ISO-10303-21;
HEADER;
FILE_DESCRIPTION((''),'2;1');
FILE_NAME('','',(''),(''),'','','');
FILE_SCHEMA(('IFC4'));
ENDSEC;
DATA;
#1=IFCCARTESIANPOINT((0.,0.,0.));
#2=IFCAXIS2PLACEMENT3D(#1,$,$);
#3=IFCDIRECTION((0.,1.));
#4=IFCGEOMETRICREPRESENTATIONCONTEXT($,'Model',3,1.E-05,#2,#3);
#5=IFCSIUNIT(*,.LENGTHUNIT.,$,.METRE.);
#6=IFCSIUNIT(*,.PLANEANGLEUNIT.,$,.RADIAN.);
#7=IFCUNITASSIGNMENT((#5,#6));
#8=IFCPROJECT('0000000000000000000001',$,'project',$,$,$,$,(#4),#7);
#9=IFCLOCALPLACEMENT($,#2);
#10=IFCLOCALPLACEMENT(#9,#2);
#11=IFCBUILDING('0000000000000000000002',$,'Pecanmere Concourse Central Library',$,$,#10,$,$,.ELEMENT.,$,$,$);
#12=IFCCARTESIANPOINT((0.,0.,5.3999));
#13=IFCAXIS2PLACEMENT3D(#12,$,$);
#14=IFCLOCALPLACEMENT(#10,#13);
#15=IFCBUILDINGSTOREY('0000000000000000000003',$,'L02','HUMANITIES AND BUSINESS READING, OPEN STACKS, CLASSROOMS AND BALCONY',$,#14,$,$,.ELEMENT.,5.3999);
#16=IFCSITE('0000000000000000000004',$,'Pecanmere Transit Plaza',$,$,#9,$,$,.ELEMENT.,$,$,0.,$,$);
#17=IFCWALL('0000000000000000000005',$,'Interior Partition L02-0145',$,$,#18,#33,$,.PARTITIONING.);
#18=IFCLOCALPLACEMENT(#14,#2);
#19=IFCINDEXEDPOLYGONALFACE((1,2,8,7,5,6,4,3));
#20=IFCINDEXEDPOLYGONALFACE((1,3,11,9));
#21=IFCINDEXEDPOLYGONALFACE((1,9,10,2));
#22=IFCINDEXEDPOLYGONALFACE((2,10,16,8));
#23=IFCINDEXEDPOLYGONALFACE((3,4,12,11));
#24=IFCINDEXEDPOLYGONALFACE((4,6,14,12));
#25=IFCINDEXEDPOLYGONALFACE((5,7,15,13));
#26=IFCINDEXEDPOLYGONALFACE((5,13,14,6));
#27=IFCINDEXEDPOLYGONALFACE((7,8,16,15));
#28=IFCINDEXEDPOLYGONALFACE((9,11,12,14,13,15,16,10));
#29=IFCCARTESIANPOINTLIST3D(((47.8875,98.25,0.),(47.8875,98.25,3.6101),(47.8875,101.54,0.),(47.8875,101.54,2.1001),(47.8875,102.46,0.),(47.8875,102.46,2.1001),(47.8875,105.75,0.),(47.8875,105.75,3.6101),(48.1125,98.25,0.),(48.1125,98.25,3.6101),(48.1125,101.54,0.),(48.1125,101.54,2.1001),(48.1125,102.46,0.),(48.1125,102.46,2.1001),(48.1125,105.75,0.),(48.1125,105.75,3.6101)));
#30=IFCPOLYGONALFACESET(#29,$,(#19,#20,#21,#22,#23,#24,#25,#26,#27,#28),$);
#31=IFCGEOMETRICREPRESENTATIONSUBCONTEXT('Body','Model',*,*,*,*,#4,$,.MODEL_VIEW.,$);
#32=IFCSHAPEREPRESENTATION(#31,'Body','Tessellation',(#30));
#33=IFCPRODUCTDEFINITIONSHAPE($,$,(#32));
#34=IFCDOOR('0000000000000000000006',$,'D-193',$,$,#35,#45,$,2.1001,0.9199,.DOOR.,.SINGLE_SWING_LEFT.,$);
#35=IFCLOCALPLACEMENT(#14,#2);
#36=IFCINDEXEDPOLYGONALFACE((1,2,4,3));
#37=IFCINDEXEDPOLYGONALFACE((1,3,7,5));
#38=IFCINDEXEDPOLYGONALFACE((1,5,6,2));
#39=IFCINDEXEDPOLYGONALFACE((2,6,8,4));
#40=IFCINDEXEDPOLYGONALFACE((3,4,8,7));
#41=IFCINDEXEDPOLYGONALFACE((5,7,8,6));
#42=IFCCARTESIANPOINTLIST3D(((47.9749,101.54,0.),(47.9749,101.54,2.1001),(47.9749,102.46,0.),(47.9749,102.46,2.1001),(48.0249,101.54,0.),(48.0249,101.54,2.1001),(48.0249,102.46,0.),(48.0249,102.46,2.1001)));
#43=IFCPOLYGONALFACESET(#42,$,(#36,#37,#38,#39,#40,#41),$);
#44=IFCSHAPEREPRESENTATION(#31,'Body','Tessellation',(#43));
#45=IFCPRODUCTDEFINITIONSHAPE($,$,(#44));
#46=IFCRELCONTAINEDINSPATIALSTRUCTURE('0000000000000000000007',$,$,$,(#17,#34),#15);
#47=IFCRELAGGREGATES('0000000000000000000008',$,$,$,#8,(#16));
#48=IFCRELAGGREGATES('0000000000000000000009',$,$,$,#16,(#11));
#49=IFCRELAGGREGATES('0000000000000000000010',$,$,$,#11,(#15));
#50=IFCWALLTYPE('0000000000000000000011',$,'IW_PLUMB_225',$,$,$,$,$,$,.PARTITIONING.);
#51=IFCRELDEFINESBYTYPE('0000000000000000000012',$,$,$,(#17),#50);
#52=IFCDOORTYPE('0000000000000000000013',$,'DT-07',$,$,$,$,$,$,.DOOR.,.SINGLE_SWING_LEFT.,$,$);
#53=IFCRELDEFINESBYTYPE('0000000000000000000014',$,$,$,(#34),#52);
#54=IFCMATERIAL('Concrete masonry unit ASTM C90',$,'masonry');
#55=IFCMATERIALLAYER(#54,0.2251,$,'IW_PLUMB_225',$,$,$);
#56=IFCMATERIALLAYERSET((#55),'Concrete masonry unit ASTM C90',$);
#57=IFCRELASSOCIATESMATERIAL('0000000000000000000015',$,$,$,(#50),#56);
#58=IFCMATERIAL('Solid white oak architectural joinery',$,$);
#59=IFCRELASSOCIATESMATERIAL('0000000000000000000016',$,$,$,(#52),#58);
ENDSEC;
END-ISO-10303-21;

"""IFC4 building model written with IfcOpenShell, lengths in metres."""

from ifc_helpers import new_model, si_unit, direction, frame, frame_2d, origin, place, context, subcontext, project, spatial, rectangle, extrude, material, layer, layer_set, type_object, element, fill, save


model = new_model("IFC4")

# Units and contexts
model_context = context("Model", 3, precision=1e-05, world=origin(), true_north=direction((0.0, 1.0)))
body_context = subcontext(model_context, "Body", "Model", "MODEL_VIEW")
ifc_project = project(units=[si_unit("LENGTHUNIT", "METRE"), si_unit("PLANEANGLEUNIT", "RADIAN")], contexts=[model_context])

# Site, building, storey
site_placement = place(None, origin())
site = spatial("IfcSite", under=ifc_project, at=site_placement, Name="Pecanmere Transit Plaza", CompositionType="ELEMENT", RefElevation=0.0)
building_placement = place(site_placement, origin())
building = spatial("IfcBuilding", under=site, at=building_placement, Name="Pecanmere Concourse Central Library", CompositionType="ELEMENT")
storey_placement = place(building_placement, frame((0.0, 0.0, 5.3999)))
storey = spatial("IfcBuildingStorey", under=building, at=storey_placement, Name="L02", Description="HUMANITIES AND BUSINESS READING, OPEN STACKS, CLASSROOMS AND BALCONY", CompositionType="ELEMENT", Elevation=5.3999)

# Wall, opening, door
ifc_material_1 = material(Name="Concrete masonry unit ASTM C90", Category="masonry")
ifc_layer_1 = layer(ifc_material_1, 0.2251, Name="IW_PLUMB_225")
ifc_layer_set_1 = layer_set([ifc_layer_1], Name="Concrete masonry unit ASTM C90")
wall_type = type_object("IfcWallType", Name="IW_PLUMB_225", PredefinedType="PARTITIONING", material=ifc_layer_set_1)
wall_1_placement = place(storey_placement, frame((48.0, 98.25, 0.0), z_axis=(0.0, 0.0, 1.0), x_axis=(0.0, 1.0, 0.0)))
wall_1 = element("IfcWall", 1, at=wall_1_placement, inside=storey, type_object=wall_type, Name="Interior Partition L02-0145", PredefinedType="PARTITIONING", context=body_context, shape_type="SweptSolid", body=[
    extrude(rectangle(XDim=7.5, YDim=0.2251, at=frame_2d((3.75, 0.0))), origin(), (0.0, 0.0, 1.0), 3.6101),
])
opening_1_placement = place(wall_1_placement, frame((3.29, 0.0, 0.0)))
opening_1 = element("IfcOpeningElement", 2, at=opening_1_placement, cuts=wall_1, PredefinedType="OPENING", context=body_context, shape_type="SweptSolid", body=[
    extrude(rectangle(XDim=0.9199, YDim=2.1001, at=frame_2d((0.46, 1.05))), frame((0.0, 0.1245, 0.0), z_axis=(0.0, -1.0, 0.0), x_axis=(1.0, 0.0, 0.0)), (0.0, 0.0, 1.0), 0.249),
])
ifc_material_2 = material(Name="Solid white oak architectural joinery")
door_type_1 = type_object("IfcDoorType", Name="DT-07", OperationType="SINGLE_SWING_LEFT", PredefinedType="DOOR", material=ifc_material_2)
door_1_placement = place(opening_1_placement, frame((0.9199, 0.0, 0.0), z_axis=(0.0, 0.0, 1.0), x_axis=(-1.0, 0.0, 0.0)))
door_1 = element("IfcDoor", 3, at=door_1_placement, inside=storey, type_object=door_type_1, Name="D-193", OperationType="SINGLE_SWING_LEFT", OverallHeight=2.1001, OverallWidth=0.9199, PredefinedType="DOOR", context=body_context, shape_type="SweptSolid", body=[
    extrude(rectangle(XDim=0.9199, YDim=2.1001, at=frame_2d((0.46, 1.05))), frame((0.0, 0.0249, 0.0), z_axis=(0.0, -1.0, 0.0), x_axis=(1.0, 0.0, 0.0)), (0.0, 0.0, 1.0), 0.05),
])
fill(opening_1, door_1)

save(model, "model.ifc")
